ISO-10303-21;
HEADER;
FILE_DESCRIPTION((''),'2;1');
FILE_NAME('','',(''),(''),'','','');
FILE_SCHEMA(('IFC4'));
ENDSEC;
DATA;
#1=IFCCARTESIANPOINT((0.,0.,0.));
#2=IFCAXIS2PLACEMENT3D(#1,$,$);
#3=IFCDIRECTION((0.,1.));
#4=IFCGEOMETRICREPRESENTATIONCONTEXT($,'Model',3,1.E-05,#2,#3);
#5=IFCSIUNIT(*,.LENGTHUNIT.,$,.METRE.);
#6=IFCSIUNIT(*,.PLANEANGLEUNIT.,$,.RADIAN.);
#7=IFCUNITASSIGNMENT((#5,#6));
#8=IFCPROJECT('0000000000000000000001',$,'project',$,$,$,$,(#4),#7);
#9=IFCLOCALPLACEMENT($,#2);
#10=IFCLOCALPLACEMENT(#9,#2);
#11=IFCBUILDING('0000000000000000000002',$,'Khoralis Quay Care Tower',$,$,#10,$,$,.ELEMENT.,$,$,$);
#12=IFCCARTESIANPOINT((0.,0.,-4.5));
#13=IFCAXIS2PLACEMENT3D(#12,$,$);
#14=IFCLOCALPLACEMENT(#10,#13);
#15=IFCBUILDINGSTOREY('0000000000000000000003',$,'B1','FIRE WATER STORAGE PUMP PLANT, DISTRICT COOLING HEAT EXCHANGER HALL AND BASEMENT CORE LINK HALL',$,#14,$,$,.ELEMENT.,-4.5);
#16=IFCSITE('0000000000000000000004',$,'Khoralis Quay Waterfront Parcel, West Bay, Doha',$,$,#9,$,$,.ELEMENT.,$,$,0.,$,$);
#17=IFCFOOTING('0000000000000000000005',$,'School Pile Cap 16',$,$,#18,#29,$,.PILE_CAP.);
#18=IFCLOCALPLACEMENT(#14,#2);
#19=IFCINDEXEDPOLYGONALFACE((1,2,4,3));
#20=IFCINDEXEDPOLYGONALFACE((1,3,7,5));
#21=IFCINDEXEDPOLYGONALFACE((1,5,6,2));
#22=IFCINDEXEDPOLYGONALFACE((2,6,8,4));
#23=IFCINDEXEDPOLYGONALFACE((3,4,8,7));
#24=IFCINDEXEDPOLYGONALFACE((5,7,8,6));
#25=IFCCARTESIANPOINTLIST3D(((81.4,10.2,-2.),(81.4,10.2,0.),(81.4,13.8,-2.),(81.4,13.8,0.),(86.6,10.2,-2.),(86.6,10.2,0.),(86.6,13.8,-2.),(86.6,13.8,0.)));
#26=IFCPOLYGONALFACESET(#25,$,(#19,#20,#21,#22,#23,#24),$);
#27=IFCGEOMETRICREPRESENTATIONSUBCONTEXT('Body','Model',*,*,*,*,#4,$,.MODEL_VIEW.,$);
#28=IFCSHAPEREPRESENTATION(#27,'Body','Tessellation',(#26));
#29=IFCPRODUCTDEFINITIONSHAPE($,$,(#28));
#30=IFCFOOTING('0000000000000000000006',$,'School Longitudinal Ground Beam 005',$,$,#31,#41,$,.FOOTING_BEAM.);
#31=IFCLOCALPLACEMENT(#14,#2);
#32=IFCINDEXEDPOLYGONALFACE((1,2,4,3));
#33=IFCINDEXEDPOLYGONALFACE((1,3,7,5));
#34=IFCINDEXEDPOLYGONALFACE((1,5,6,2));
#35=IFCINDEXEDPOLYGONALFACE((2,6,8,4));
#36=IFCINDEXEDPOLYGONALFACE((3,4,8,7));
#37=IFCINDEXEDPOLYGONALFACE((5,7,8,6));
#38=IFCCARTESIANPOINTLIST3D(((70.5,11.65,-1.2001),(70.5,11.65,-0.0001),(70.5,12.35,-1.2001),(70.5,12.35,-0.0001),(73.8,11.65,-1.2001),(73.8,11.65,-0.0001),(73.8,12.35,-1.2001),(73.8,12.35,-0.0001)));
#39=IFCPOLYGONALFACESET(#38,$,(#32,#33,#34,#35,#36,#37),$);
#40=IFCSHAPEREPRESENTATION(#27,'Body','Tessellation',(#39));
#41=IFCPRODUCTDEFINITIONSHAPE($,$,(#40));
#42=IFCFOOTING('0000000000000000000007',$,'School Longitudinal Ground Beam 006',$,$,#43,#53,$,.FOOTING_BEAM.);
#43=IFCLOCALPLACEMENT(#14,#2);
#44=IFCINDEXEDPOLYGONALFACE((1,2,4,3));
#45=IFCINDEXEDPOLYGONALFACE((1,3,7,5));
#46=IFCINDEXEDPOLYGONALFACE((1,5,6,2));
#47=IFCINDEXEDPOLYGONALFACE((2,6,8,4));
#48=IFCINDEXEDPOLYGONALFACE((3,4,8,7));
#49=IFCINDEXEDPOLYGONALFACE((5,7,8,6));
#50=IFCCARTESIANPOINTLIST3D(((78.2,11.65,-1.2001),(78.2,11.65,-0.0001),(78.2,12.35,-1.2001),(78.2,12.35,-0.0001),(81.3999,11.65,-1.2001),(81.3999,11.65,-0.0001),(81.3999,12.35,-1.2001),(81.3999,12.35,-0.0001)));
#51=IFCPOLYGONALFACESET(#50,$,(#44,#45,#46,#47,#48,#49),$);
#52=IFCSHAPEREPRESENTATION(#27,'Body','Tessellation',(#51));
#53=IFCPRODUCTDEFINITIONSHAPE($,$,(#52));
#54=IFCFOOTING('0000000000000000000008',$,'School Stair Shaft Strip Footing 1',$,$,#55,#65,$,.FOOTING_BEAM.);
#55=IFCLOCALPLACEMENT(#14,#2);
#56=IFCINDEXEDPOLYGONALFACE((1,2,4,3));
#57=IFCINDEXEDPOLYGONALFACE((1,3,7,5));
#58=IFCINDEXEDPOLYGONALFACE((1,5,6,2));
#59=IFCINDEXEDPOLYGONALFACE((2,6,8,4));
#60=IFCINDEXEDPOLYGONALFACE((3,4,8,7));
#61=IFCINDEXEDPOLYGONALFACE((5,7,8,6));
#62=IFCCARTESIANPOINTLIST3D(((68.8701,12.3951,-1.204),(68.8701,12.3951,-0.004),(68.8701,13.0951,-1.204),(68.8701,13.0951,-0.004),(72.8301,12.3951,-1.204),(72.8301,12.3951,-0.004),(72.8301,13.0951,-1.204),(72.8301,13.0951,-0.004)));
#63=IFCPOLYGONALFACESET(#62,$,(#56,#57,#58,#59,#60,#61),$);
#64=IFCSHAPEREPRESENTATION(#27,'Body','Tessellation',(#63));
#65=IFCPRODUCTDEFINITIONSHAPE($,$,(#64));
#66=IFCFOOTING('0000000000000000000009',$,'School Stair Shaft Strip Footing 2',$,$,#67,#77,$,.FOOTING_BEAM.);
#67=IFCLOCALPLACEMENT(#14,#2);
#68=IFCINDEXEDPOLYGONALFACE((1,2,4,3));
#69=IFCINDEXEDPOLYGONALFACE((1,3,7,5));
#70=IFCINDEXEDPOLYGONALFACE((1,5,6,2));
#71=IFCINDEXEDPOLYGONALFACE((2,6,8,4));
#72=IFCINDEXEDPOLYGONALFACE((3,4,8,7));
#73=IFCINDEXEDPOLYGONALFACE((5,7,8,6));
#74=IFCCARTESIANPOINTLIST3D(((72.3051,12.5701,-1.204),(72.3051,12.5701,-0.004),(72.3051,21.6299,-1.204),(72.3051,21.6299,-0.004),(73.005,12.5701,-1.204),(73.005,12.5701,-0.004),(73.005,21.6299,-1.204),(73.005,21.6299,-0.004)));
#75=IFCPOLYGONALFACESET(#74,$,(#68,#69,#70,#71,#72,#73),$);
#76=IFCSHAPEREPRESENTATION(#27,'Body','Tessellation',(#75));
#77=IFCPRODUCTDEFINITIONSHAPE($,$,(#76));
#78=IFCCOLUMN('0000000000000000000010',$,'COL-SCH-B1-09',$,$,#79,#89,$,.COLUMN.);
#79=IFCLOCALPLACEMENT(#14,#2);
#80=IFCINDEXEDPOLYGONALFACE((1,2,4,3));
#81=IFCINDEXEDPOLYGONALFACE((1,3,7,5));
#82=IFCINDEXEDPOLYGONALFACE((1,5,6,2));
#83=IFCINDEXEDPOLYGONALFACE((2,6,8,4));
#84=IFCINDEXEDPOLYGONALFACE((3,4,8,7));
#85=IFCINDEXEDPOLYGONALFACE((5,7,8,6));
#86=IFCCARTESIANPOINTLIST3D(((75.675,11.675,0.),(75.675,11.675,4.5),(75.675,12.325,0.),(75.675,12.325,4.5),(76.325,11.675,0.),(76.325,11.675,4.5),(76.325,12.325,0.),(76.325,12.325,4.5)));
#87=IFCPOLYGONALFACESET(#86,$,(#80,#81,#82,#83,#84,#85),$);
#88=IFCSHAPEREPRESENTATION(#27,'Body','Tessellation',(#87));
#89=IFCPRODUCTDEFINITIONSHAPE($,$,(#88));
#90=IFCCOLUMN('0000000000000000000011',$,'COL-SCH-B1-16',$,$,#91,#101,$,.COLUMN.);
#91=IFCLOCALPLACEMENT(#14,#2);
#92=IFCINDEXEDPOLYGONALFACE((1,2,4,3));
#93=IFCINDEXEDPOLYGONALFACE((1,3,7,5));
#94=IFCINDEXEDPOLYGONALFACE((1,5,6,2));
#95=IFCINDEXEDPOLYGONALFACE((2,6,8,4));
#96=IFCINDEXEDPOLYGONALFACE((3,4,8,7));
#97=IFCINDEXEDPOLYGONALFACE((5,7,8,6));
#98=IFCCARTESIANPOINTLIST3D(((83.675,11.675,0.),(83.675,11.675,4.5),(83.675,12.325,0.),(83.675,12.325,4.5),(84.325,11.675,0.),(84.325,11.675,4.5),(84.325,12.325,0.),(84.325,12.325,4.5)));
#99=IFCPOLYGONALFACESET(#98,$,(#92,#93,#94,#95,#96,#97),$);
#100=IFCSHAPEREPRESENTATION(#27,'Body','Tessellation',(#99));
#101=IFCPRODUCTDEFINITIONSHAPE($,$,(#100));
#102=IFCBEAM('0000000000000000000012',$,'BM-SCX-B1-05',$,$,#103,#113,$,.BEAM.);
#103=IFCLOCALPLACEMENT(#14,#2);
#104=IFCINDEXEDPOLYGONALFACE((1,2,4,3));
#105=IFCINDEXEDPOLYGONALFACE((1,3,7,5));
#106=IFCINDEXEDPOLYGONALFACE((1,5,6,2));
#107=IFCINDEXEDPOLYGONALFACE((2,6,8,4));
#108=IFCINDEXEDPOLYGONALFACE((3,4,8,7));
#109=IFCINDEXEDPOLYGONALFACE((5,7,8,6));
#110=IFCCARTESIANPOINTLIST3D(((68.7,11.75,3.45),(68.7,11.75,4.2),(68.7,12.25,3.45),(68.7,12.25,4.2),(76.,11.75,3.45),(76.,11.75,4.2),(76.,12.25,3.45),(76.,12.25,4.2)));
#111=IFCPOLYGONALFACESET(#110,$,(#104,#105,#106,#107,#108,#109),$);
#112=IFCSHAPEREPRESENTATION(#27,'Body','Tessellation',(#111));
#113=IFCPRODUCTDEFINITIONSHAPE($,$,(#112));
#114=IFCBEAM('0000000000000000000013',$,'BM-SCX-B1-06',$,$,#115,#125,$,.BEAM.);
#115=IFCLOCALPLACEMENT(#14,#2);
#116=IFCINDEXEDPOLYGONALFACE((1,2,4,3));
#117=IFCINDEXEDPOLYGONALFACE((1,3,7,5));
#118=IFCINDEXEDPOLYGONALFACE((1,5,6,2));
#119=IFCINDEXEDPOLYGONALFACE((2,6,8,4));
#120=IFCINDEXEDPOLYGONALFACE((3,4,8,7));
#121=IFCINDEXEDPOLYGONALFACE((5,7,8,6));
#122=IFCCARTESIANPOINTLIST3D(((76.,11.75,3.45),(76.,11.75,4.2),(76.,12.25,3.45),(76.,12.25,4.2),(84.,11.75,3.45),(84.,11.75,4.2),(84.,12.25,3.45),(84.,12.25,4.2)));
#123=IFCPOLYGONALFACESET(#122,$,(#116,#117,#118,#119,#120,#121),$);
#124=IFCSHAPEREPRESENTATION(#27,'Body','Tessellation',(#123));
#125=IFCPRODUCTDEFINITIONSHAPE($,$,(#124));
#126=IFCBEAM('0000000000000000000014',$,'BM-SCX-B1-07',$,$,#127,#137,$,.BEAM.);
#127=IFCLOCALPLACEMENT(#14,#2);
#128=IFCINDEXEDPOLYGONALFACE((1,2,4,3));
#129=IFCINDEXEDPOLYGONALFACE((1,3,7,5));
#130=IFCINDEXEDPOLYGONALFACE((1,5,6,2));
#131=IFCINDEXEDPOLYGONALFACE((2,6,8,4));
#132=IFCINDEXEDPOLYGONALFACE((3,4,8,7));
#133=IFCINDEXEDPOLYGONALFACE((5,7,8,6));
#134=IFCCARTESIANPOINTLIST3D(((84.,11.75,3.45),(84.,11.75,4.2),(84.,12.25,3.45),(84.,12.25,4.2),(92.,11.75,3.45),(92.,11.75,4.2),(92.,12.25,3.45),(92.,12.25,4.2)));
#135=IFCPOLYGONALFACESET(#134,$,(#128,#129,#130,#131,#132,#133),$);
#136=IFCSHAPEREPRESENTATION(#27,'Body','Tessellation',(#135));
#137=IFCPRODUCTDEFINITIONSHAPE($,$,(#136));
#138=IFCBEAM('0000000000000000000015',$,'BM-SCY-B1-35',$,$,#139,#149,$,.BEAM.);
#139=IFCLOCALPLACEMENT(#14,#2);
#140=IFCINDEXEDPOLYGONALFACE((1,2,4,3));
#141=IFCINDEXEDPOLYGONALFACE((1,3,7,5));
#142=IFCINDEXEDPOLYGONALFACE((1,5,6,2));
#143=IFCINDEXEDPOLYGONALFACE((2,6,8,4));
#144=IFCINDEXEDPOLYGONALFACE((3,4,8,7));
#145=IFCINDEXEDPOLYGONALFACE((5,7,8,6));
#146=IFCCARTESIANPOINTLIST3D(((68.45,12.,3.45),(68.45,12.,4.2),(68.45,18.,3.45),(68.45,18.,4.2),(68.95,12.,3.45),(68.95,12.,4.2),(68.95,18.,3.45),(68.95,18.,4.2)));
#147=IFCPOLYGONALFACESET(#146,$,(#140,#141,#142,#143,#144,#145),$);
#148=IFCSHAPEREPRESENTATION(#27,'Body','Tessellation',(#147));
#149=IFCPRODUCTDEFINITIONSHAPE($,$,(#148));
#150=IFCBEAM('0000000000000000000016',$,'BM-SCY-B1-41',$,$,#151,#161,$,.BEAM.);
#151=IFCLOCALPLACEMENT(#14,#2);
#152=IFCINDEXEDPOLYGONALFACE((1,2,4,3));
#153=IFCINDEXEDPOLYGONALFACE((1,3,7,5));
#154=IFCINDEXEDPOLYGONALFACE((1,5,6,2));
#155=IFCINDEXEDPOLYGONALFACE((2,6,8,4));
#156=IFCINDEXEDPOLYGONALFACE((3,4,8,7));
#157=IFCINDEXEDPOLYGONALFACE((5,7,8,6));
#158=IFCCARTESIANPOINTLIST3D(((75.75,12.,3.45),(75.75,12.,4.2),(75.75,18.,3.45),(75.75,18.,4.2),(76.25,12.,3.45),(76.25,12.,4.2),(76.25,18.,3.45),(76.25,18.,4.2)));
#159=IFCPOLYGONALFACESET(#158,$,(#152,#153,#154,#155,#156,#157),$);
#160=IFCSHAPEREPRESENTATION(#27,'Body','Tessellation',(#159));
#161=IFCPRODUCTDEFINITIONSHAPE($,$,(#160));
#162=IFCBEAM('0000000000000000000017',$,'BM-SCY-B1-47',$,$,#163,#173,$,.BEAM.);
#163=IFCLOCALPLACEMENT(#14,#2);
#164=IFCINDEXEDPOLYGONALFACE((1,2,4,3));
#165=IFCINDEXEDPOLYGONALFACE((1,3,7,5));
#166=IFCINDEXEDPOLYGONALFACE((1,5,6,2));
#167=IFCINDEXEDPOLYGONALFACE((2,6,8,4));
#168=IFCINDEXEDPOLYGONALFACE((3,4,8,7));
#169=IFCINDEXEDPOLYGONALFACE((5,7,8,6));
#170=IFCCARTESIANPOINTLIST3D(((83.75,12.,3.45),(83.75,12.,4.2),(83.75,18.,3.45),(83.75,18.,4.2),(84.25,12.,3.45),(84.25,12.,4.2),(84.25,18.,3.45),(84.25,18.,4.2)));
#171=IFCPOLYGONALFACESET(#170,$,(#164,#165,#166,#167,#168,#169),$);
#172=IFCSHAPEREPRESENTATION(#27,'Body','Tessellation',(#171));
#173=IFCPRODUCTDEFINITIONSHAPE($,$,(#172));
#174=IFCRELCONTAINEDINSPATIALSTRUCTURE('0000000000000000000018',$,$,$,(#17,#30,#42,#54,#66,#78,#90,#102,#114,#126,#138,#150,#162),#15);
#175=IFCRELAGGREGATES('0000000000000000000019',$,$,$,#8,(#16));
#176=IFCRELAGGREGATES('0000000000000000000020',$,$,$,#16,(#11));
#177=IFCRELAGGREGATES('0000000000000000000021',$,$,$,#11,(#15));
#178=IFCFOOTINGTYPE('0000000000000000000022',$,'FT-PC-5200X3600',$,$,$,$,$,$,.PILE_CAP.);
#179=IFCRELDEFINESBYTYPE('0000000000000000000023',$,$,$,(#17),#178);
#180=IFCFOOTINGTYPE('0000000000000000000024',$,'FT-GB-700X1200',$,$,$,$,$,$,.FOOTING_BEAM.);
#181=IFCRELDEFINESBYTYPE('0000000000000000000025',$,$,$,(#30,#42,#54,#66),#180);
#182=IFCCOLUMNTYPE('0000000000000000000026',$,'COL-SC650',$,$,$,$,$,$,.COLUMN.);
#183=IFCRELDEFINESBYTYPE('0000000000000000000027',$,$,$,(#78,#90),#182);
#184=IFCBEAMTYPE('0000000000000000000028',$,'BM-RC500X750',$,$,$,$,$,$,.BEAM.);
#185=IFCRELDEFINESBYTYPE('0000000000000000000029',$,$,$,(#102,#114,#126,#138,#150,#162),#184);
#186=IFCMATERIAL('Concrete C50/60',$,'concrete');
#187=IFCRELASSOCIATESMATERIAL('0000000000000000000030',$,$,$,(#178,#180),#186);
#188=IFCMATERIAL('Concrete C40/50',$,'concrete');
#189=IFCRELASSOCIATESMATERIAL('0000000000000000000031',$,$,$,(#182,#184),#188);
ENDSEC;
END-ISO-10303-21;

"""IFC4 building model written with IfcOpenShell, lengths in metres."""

from ifc_helpers import new_model, si_unit, direction, frame, origin, origin_2d, place, context, subcontext, project, spatial, rectangle, extrude, source, transform, mapped, material, material_profile, profile_set, type_object, element, save


model = new_model("IFC4")

# Units and contexts
model_context = context("Model", 3, precision=1e-05, world=origin(), true_north=direction((0.0, 1.0)))
body_context = subcontext(model_context, "Body", "Model", "MODEL_VIEW")
ifc_project = project(units=[si_unit("LENGTHUNIT", "METRE"), si_unit("PLANEANGLEUNIT", "RADIAN")], contexts=[model_context])

# Site, building, storey
site_placement = place(None, origin())
site = spatial("IfcSite", under=ifc_project, at=site_placement, Name="Khoralis Quay Waterfront Parcel, West Bay, Doha", CompositionType="ELEMENT", RefElevation=0.0)
building_placement = place(site_placement, origin())
building = spatial("IfcBuilding", under=site, at=building_placement, Name="Khoralis Quay Care Tower", CompositionType="ELEMENT")
storey_placement = place(building_placement, frame((0.0, 0.0, -4.5)))
storey = spatial("IfcBuildingStorey", under=building, at=storey_placement, Name="B1", Description="FIRE WATER STORAGE PUMP PLANT, DISTRICT COOLING HEAT EXCHANGER HALL AND BASEMENT CORE LINK HALL", CompositionType="ELEMENT", Elevation=-4.5)

# Shared definitions
ifc_material_1 = material(Name="Concrete C50/60", Category="concrete")

# Footings
footing_type_1 = type_object("IfcFootingType", Name="FT-PC-5200X3600", PredefinedType="PILE_CAP", material=ifc_material_1)
shared_shape_1 = source(origin(), body_context, "Body", "SweptSolid", [
    extrude(rectangle(XDim=5.2, YDim=3.6001, at=origin_2d()), origin(), (0.0, 0.0, 1.0), 2.0),
])
footing_1_placement = place(storey_placement, frame((84.0, 12.0, -2.0), z_axis=(0.0, 0.0, 1.0), x_axis=(1.0, 0.0, 0.0)))
element("IfcFooting", 1, at=footing_1_placement, inside=storey, type_object=footing_type_1, Name="School Pile Cap 16", PredefinedType="PILE_CAP", context=body_context, shape_type="MappedRepresentation", body=[
    mapped(shared_shape_1, transform((0.0, 0.0, 0.0), scale=1.0)),
])
ifc_material_profile_1 = material_profile(ifc_material_1, rectangle(XDim=0.7, YDim=1.2, at=origin_2d()), Name="Concrete C50/60")
ifc_profile_set_1 = profile_set([ifc_material_profile_1], Name="Concrete C50/60")
footing_type_2 = type_object("IfcFootingType", Name="FT-GB-700X1200", PredefinedType="FOOTING_BEAM", material=ifc_profile_set_1)
shared_shape_2 = source(origin(), body_context, "Body", "SweptSolid", [
    extrude(rectangle(XDim=0.7, YDim=1.2, at=origin_2d()), origin(), (0.0, 0.0, 1.0), 3.3),
])
footing_2_placement = place(storey_placement, frame((70.5, 12.0, -0.6001), z_axis=(1.0, 0.0, 0.0), x_axis=(0.0, 1.0, 0.0)))
element("IfcFooting", 2, at=footing_2_placement, inside=storey, type_object=footing_type_2, Name="School Longitudinal Ground Beam 005", PredefinedType="FOOTING_BEAM", context=body_context, shape_type="MappedRepresentation", body=[
    mapped(shared_shape_2, transform((0.0, 0.0, 0.0), scale=1.0)),
])
shared_shape_3 = source(origin(), body_context, "Body", "SweptSolid", [
    extrude(rectangle(XDim=0.7, YDim=1.2, at=origin_2d()), origin(), (0.0, 0.0, 1.0), 3.2),
])
footing_3_placement = place(storey_placement, frame((78.2, 12.0, -0.6001), z_axis=(1.0, 0.0, 0.0), x_axis=(0.0, 1.0, 0.0)))
element("IfcFooting", 3, at=footing_3_placement, inside=storey, type_object=footing_type_2, Name="School Longitudinal Ground Beam 006", PredefinedType="FOOTING_BEAM", context=body_context, shape_type="MappedRepresentation", body=[
    mapped(shared_shape_3, transform((0.0, 0.0, 0.0), scale=1.0)),
])
shared_shape_4 = source(origin(), body_context, "Body", "SweptSolid", [
    extrude(rectangle(XDim=0.7, YDim=1.2, at=origin_2d()), origin(), (0.0, 0.0, 1.0), 3.96),
])
footing_4_placement = place(storey_placement, frame((68.8701, 12.7451, -0.604), z_axis=(1.0, 0.0, 0.0), x_axis=(0.0, 1.0, 0.0)))
element("IfcFooting", 4, at=footing_4_placement, inside=storey, type_object=footing_type_2, Name="School Stair Shaft Strip Footing 1", PredefinedType="FOOTING_BEAM", context=body_context, shape_type="MappedRepresentation", body=[
    mapped(shared_shape_4, transform((0.0, 0.0, 0.0), scale=1.0)),
])
shared_shape_5 = source(origin(), body_context, "Body", "SweptSolid", [
    extrude(rectangle(XDim=0.7, YDim=1.2, at=origin_2d()), origin(), (0.0, 0.0, 1.0), 9.0598),
])
footing_5_placement = place(storey_placement, frame((72.655, 12.5701, -0.604), z_axis=(0.0, 1.0, 0.0), x_axis=(-1.0, 0.0, 0.0)))
element("IfcFooting", 5, at=footing_5_placement, inside=storey, type_object=footing_type_2, Name="School Stair Shaft Strip Footing 2", PredefinedType="FOOTING_BEAM", context=body_context, shape_type="MappedRepresentation", body=[
    mapped(shared_shape_5, transform((0.0, 0.0, 0.0), scale=1.0)),
])

# Columns
ifc_material_2 = material(Name="Concrete C40/50", Category="concrete")
ifc_material_profile_2 = material_profile(ifc_material_2, rectangle(XDim=0.6499, YDim=0.6499, at=origin_2d()), Name="Concrete C40/50")
ifc_profile_set_2 = profile_set([ifc_material_profile_2], Name="Concrete C40/50")
column_type = type_object("IfcColumnType", Name="COL-SC650", PredefinedType="COLUMN", material=ifc_profile_set_2)
shared_shape_6 = source(origin(), body_context, "Body", "SweptSolid", [
    extrude(rectangle(XDim=0.6499, YDim=0.6499, at=origin_2d()), origin(), (0.0, 0.0, 1.0), 4.5),
])
for number, where, z_axis, x_axis, name in (
    (6, (76.0, 12.0, 0.0), (0.0, 0.0, 1.0), (1.0, 0.0, 0.0), "COL-SCH-B1-09"),
    (7, (84.0, 12.0, 0.0), (0.0, 0.0, 1.0), (1.0, 0.0, 0.0), "COL-SCH-B1-16"),
):
    element("IfcColumn", number, at=place(storey_placement, frame(where, z_axis=z_axis, x_axis=x_axis)), inside=storey, type_object=column_type, Name=name, PredefinedType="COLUMN", context=body_context, shape_type="MappedRepresentation", body=[
        mapped(shared_shape_6, transform((0.0, 0.0, 0.0), scale=1.0)),
    ])

# Beams
ifc_material_profile_3 = material_profile(ifc_material_2, rectangle(XDim=0.5, YDim=0.75, at=origin_2d()), Name="Concrete C40/50")
ifc_profile_set_3 = profile_set([ifc_material_profile_3], Name="Concrete C40/50")
beam_type_1 = type_object("IfcBeamType", Name="BM-RC500X750", PredefinedType="BEAM", material=ifc_profile_set_3)
shared_shape_7 = source(origin(), body_context, "Body", "SweptSolid", [
    extrude(rectangle(XDim=0.5, YDim=0.75, at=origin_2d()), origin(), (0.0, 0.0, 1.0), 7.3),
])
beam_1_placement = place(storey_placement, frame((68.7, 12.0, 3.825), z_axis=(1.0, 0.0, 0.0), x_axis=(0.0, 1.0, 0.0)))
element("IfcBeam", 8, at=beam_1_placement, inside=storey, type_object=beam_type_1, Name="BM-SCX-B1-05", PredefinedType="BEAM", context=body_context, shape_type="MappedRepresentation", body=[
    mapped(shared_shape_7, transform((0.0, 0.0, 0.0), scale=1.0)),
])
shared_shape_8 = source(origin(), body_context, "Body", "SweptSolid", [
    extrude(rectangle(XDim=0.5, YDim=0.75, at=origin_2d()), origin(), (0.0, 0.0, 1.0), 8.0),
])
for number, where, z_axis, x_axis, name in (
    (9, (76.0, 12.0, 3.825), (1.0, 0.0, 0.0), (0.0, 1.0, 0.0), "BM-SCX-B1-06"),
    (10, (84.0, 12.0, 3.825), (1.0, 0.0, 0.0), (0.0, 1.0, 0.0), "BM-SCX-B1-07"),
):
    element("IfcBeam", number, at=place(storey_placement, frame(where, z_axis=z_axis, x_axis=x_axis)), inside=storey, type_object=beam_type_1, Name=name, PredefinedType="BEAM", context=body_context, shape_type="MappedRepresentation", body=[
        mapped(shared_shape_8, transform((0.0, 0.0, 0.0), scale=1.0)),
    ])
shared_shape_9 = source(origin(), body_context, "Body", "SweptSolid", [
    extrude(rectangle(XDim=0.5, YDim=0.75, at=origin_2d()), origin(), (0.0, 0.0, 1.0), 6.0),
])
for number, where, z_axis, x_axis, name in (
    (11, (68.7, 12.0, 3.825), (0.0, 1.0, 0.0), (-1.0, 0.0, 0.0), "BM-SCY-B1-35"),
    (12, (76.0, 12.0, 3.825), (0.0, 1.0, 0.0), (-1.0, 0.0, 0.0), "BM-SCY-B1-41"),
    (13, (84.0, 12.0, 3.825), (0.0, 1.0, 0.0), (-1.0, 0.0, 0.0), "BM-SCY-B1-47"),
):
    element("IfcBeam", number, at=place(storey_placement, frame(where, z_axis=z_axis, x_axis=x_axis)), inside=storey, type_object=beam_type_1, Name=name, PredefinedType="BEAM", context=body_context, shape_type="MappedRepresentation", body=[
        mapped(shared_shape_9, transform((0.0, 0.0, 0.0), scale=1.0)),
    ])

save(model, "model.ifc")
